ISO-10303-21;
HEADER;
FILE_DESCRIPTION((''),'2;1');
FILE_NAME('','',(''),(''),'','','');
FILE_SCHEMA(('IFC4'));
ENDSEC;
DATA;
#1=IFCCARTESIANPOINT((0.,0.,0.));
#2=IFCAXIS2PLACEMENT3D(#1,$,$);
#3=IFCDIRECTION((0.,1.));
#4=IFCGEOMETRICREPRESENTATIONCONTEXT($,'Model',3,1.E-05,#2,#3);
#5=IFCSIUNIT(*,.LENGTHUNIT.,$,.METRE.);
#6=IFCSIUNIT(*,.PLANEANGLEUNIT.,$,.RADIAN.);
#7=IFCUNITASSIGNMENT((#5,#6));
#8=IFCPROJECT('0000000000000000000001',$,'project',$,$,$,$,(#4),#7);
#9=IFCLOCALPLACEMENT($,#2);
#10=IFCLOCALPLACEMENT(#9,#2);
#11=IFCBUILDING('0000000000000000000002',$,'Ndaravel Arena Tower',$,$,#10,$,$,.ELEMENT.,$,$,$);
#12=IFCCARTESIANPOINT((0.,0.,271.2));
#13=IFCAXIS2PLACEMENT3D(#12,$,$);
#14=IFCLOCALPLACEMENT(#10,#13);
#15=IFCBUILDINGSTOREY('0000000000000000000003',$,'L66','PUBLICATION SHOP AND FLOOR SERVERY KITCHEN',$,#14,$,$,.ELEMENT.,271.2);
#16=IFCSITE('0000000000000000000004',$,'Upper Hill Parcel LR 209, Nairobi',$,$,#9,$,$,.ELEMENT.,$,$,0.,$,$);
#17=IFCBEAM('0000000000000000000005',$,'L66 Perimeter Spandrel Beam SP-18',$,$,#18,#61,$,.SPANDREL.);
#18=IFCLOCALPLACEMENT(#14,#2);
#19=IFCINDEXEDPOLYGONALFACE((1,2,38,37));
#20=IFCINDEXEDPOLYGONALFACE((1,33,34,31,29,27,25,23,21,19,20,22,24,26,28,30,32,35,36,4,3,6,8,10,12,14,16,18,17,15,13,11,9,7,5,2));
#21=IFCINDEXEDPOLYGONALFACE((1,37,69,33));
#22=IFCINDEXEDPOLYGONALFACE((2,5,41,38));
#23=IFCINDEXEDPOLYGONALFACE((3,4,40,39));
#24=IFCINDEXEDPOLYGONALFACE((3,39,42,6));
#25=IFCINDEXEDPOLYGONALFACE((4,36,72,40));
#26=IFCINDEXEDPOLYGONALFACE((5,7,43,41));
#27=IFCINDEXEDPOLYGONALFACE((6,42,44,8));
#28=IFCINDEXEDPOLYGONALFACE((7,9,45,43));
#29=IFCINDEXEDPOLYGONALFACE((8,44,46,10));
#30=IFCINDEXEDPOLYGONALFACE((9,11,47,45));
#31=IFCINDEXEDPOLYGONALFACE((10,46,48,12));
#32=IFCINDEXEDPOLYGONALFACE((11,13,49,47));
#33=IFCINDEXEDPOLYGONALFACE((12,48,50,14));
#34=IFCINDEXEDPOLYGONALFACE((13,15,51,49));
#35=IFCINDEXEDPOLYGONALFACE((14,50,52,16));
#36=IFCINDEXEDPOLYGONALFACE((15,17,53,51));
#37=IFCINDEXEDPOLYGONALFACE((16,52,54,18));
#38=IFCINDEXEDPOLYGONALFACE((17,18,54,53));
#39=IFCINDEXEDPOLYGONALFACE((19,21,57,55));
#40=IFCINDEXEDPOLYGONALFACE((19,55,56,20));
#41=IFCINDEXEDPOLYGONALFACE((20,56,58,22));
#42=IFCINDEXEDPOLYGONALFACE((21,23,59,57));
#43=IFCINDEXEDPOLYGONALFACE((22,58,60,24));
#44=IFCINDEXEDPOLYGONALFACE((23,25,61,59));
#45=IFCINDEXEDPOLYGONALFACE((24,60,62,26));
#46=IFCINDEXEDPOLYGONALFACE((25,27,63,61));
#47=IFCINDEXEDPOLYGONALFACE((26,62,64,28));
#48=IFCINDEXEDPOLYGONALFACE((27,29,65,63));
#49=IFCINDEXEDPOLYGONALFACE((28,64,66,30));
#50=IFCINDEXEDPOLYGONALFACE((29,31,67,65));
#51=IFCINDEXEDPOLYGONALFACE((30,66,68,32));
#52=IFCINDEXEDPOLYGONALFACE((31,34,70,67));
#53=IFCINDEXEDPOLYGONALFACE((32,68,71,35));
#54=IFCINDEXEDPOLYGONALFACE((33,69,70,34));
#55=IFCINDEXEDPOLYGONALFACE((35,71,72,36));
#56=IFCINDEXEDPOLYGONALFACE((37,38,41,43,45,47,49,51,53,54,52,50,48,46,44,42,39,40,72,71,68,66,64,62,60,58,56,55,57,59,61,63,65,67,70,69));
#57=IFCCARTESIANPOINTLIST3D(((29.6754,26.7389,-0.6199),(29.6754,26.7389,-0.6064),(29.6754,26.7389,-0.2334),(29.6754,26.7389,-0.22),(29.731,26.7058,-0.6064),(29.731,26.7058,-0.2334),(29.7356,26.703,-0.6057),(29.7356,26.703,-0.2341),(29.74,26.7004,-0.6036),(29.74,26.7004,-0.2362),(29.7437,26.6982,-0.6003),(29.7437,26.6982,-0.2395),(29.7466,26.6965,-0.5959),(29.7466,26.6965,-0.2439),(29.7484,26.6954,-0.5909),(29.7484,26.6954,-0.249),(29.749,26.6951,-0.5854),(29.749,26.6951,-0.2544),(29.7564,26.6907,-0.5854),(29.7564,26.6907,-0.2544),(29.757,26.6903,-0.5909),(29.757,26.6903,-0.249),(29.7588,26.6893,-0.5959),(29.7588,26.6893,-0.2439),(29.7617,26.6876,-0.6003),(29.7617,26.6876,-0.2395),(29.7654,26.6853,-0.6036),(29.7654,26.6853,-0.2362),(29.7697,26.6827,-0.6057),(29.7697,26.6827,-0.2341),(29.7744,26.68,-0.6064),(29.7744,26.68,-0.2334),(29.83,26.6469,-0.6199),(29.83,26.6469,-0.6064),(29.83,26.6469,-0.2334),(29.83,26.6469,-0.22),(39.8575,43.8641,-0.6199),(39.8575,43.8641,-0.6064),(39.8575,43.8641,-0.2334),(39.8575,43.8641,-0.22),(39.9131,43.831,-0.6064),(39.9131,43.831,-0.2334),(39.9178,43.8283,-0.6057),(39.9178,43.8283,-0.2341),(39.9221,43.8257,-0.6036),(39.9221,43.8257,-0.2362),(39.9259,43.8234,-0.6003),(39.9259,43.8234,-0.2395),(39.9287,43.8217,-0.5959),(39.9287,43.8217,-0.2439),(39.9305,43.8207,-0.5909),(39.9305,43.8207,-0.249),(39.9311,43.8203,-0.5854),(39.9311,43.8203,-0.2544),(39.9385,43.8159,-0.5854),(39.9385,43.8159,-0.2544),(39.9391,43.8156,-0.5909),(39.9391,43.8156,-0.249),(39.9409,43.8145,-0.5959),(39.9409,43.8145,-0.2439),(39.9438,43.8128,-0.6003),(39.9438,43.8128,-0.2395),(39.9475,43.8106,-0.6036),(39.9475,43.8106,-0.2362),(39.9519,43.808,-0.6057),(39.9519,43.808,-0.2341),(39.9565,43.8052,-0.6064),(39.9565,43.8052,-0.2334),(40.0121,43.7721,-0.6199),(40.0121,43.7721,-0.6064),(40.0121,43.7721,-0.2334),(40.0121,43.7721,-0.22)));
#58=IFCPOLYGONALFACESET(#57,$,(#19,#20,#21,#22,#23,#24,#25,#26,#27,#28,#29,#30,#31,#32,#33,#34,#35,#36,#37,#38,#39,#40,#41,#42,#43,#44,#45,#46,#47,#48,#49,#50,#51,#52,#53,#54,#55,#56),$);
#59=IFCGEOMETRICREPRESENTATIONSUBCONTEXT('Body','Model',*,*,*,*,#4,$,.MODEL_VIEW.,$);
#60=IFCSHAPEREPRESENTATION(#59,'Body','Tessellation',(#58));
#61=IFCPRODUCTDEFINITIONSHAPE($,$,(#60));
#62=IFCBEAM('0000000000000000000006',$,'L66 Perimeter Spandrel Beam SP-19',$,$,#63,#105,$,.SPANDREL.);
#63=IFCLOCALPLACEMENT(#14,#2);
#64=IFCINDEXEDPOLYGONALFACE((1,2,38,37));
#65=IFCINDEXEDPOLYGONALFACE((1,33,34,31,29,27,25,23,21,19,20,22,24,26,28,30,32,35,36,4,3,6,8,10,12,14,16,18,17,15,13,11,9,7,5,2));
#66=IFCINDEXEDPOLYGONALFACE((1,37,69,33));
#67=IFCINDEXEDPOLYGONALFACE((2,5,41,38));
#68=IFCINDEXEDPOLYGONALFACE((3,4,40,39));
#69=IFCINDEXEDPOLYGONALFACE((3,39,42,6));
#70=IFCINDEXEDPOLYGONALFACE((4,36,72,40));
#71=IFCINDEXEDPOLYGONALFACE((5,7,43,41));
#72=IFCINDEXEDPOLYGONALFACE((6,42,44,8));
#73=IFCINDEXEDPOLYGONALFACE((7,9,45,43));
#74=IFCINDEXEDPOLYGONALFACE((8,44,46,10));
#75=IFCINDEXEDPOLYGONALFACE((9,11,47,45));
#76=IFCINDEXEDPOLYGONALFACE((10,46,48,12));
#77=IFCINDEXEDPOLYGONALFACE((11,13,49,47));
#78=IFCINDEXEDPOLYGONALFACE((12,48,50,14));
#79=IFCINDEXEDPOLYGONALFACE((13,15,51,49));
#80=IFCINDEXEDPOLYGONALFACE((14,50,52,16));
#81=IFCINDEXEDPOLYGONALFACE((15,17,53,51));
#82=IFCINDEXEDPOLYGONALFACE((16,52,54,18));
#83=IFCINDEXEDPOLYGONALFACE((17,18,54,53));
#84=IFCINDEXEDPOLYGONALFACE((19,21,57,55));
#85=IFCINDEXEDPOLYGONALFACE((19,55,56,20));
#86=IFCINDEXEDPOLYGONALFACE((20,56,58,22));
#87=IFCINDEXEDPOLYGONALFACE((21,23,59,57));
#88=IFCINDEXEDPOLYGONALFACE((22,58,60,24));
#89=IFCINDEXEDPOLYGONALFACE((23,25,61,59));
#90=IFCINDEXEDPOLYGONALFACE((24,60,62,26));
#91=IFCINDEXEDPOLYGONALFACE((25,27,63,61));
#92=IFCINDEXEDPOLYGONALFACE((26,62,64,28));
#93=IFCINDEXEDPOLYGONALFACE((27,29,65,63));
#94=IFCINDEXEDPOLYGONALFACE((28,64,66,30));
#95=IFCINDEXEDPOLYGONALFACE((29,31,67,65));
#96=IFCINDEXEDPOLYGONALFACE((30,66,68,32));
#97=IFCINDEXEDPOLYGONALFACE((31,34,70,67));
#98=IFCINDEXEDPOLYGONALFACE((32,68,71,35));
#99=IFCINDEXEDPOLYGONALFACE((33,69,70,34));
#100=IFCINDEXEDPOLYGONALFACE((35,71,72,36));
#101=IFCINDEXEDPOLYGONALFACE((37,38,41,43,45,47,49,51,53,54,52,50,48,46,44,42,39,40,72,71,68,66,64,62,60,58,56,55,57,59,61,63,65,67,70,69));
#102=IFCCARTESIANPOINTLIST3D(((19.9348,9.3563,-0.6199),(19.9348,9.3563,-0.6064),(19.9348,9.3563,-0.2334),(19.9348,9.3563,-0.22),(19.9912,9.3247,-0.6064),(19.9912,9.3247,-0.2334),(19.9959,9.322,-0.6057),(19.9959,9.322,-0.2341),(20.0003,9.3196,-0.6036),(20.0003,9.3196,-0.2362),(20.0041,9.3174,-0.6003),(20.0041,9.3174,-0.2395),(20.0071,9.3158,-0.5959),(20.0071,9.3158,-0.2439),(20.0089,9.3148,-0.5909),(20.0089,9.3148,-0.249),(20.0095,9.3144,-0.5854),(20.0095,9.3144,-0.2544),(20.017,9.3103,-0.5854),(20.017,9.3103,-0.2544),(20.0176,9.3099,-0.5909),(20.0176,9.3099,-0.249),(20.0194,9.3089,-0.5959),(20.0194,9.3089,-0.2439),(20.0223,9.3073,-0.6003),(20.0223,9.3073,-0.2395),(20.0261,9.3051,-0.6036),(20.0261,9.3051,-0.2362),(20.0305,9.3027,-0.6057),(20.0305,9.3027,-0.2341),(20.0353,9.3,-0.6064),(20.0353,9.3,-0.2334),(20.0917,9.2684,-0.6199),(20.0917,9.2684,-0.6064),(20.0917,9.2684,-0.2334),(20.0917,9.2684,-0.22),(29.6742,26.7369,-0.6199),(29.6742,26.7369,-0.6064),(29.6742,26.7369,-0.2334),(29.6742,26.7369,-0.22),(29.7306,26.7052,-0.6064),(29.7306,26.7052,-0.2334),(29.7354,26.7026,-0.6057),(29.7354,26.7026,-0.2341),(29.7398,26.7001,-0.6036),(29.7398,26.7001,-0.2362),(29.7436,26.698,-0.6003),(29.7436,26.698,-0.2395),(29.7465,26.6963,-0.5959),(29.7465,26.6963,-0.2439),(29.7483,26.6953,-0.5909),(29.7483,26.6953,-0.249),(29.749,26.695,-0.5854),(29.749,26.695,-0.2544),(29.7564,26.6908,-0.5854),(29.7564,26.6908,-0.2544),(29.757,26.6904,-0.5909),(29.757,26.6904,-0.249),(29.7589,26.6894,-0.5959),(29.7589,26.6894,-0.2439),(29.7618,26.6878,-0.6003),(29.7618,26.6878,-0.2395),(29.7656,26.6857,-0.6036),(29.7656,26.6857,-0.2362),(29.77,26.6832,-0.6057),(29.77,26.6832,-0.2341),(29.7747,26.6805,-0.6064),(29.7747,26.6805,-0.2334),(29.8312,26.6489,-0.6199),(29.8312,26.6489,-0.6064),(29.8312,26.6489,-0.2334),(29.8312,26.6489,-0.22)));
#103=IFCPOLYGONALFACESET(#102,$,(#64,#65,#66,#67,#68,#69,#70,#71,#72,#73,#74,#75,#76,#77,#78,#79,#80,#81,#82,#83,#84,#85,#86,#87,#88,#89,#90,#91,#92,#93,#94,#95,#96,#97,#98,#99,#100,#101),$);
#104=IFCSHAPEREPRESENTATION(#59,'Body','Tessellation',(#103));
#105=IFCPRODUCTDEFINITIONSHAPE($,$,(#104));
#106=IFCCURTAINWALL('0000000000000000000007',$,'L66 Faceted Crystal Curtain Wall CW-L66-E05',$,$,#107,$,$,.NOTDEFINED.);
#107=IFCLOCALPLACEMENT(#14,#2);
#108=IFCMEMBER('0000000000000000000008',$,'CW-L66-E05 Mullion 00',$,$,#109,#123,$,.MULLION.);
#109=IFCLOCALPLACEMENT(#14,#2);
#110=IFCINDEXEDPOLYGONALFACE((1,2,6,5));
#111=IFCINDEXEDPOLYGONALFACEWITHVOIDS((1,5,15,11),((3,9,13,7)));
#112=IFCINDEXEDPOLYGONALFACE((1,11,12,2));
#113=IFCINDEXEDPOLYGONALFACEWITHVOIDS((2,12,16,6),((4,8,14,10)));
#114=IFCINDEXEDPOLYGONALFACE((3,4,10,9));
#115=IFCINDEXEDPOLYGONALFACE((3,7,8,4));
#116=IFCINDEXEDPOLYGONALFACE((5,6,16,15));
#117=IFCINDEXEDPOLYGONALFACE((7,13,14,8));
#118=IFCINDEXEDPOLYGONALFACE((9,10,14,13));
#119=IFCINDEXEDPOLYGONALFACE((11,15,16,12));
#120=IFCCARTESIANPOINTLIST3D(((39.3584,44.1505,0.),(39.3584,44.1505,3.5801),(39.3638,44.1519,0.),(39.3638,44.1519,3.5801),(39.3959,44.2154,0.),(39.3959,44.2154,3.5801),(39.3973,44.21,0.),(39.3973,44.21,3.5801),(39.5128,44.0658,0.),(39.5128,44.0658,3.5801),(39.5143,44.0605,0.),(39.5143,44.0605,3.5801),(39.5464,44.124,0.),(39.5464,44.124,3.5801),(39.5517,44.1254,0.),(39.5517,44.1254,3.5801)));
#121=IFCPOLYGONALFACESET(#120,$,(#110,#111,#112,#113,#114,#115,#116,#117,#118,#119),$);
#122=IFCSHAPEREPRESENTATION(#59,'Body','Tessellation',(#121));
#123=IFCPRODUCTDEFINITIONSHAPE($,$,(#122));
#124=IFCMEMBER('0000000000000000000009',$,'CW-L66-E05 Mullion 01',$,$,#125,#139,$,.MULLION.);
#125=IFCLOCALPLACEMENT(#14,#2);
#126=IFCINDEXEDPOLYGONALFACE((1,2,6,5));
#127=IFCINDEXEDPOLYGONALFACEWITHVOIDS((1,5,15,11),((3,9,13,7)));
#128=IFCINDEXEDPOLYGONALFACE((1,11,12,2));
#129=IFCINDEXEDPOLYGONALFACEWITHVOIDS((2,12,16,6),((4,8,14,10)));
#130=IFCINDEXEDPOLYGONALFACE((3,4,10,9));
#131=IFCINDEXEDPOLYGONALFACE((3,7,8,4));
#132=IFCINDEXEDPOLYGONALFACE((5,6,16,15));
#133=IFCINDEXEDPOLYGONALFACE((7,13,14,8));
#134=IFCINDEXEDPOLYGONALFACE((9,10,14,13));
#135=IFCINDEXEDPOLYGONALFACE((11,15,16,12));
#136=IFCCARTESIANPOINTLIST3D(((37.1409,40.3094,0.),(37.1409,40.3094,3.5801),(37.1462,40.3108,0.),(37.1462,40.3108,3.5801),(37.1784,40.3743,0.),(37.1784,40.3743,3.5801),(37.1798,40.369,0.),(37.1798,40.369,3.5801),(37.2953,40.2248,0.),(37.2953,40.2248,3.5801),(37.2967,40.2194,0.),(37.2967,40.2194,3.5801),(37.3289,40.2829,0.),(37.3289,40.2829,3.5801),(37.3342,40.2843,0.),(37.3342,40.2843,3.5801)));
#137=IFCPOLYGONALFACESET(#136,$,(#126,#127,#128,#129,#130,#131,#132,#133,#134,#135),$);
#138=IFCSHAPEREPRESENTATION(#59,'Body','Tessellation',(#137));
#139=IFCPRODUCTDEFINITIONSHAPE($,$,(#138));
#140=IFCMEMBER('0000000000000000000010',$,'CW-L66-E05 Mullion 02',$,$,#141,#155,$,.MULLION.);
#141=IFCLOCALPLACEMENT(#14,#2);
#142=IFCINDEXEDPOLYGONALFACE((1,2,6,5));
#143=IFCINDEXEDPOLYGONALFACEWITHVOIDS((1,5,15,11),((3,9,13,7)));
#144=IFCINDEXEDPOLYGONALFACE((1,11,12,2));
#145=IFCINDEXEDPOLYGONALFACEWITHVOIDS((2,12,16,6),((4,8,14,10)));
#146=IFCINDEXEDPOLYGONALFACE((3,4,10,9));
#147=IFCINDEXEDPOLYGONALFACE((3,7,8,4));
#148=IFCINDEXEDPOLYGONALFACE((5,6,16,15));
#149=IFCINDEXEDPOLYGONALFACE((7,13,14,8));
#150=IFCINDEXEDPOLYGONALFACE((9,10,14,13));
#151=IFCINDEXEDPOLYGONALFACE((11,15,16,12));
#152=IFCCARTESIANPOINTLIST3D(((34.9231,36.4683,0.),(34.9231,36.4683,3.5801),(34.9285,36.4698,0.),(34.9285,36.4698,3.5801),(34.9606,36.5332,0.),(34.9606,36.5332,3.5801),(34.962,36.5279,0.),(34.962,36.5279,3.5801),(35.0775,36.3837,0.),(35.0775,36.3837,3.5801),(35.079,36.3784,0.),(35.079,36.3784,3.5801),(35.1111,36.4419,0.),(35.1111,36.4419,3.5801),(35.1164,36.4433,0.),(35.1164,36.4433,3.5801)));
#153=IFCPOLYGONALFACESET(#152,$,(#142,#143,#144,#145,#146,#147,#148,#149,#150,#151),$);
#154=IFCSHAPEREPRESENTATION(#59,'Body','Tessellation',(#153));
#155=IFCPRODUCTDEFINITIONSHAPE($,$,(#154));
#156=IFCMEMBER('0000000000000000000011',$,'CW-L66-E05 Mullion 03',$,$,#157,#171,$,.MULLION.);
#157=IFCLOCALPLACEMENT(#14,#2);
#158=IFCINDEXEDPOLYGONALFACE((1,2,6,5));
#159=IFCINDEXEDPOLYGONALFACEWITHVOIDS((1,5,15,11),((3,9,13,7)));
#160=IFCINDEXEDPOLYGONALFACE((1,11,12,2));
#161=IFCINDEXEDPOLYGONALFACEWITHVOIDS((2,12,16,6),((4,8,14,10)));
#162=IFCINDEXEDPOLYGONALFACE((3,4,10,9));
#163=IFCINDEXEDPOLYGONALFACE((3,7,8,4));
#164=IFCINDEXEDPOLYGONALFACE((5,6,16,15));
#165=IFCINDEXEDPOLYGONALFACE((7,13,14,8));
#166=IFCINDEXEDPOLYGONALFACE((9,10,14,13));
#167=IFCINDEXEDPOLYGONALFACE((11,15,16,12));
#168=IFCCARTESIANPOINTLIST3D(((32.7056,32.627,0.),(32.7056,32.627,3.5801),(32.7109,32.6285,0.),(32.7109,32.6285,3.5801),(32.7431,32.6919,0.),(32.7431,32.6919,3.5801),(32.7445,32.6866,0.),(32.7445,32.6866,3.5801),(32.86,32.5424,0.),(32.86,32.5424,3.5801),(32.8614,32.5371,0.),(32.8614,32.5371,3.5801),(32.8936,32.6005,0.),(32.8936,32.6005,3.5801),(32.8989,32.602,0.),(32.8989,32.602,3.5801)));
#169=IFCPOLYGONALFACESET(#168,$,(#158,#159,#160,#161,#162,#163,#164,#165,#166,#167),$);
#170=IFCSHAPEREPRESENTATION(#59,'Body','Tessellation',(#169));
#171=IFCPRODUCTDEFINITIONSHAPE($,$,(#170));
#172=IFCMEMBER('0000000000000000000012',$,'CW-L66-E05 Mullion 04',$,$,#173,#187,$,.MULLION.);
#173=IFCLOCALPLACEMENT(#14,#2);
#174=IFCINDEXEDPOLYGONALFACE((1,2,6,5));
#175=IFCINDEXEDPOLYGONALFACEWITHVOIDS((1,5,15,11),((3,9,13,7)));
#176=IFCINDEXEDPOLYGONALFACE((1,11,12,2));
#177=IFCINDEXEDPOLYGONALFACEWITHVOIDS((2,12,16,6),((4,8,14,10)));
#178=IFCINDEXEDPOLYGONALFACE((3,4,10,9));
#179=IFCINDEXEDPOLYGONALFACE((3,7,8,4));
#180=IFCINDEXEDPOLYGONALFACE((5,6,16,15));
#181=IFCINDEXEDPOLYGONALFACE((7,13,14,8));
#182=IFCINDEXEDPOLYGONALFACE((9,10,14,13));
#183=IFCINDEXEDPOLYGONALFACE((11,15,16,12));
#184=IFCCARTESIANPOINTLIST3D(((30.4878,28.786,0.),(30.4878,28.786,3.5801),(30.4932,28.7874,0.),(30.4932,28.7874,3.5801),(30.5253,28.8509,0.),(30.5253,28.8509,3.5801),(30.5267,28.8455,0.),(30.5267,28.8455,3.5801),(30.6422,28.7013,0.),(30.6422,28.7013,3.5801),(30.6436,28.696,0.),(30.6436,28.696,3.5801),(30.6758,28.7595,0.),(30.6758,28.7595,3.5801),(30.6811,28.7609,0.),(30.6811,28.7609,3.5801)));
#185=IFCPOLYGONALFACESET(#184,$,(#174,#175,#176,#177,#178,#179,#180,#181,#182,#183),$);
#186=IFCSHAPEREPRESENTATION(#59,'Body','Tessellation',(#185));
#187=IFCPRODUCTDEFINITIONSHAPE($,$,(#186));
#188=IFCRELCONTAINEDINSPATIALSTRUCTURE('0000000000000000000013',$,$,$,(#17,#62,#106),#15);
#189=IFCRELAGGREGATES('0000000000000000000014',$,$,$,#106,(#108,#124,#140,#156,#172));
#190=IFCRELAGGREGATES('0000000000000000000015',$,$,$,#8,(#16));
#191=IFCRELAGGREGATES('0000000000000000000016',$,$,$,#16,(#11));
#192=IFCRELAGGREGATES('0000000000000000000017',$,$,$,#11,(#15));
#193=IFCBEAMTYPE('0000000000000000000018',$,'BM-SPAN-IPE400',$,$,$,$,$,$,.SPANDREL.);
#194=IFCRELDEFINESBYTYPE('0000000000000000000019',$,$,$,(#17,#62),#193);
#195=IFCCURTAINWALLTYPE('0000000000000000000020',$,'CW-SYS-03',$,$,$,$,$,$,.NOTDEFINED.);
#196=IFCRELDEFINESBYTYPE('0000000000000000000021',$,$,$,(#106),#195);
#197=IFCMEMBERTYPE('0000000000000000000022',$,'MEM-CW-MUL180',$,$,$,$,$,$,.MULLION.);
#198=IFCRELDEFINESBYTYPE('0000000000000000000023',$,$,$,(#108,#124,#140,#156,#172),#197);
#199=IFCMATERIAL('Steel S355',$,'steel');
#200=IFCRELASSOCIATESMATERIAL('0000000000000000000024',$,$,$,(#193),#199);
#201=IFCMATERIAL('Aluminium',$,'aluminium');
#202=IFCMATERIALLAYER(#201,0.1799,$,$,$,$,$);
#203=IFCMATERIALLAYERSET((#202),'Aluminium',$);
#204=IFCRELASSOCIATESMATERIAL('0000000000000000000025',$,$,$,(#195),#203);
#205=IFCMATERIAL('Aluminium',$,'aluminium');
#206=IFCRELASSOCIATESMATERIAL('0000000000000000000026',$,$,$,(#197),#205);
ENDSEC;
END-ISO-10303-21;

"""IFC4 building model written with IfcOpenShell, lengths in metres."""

from ifc_helpers import new_model, si_unit, direction, frame, origin, origin_2d, place, context, subcontext, project, spatial, hollow_rectangle, i_section, extrude, material, layer, layer_set, material_profile, profile_set, type_object, element, aggregate, save


model = new_model("IFC4")

# Units and contexts
model_context = context("Model", 3, precision=1e-05, world=origin(), true_north=direction((0.0, 1.0)))
body_context = subcontext(model_context, "Body", "Model", "MODEL_VIEW")
ifc_project = project(units=[si_unit("LENGTHUNIT", "METRE"), si_unit("PLANEANGLEUNIT", "RADIAN")], contexts=[model_context])

# Site, building, storey
site_placement = place(None, origin())
site = spatial("IfcSite", under=ifc_project, at=site_placement, Name="Upper Hill Parcel LR 209, Nairobi", CompositionType="ELEMENT", RefElevation=0.0)
building_placement = place(site_placement, origin())
building = spatial("IfcBuilding", under=site, at=building_placement, Name="Ndaravel Arena Tower", CompositionType="ELEMENT")
storey_placement = place(building_placement, frame((0.0, 0.0, 271.2)))
storey = spatial("IfcBuildingStorey", under=building, at=storey_placement, Name="L66", Description="PUBLICATION SHOP AND FLOOR SERVERY KITCHEN", CompositionType="ELEMENT", Elevation=271.2)

# Beams
ifc_material_1 = material(Name="Steel S355", Category="steel")
ifc_material_profile_1 = material_profile(ifc_material_1, i_section(OverallWidth=0.1799, OverallDepth=0.3999, WebThickness=0.0085, FlangeThickness=0.0134, FilletRadius=0.021, at=origin_2d()), Name="IPE 400")
ifc_profile_set_1 = profile_set([ifc_material_profile_1], Name="Steel S355")
beam_type_1 = type_object("IfcBeamType", Name="BM-SPAN-IPE400", PredefinedType="SPANDREL", material=ifc_profile_set_1)
beam_1_placement = place(storey_placement, frame((39.9348, 43.8181, -0.4199), z_axis=(-0.511059, -0.859546, 0.0), x_axis=(0.859546, -0.511059, 0.0)))
element("IfcBeam", 1, at=beam_1_placement, inside=storey, type_object=beam_type_1, Name="L66 Perimeter Spandrel Beam SP-18", PredefinedType="SPANDREL", context=body_context, shape_type="SweptSolid", body=[
    extrude(i_section(OverallWidth=0.1799, OverallDepth=0.3999, WebThickness=0.0085, FlangeThickness=0.0134, FilletRadius=0.021, at=origin_2d()), origin(), (0.0, 0.0, 1.0), 19.9236),
])
beam_2_placement = place(storey_placement, frame((29.7527, 26.6929, -0.4199), z_axis=(-0.488846, -0.87237, 0.0), x_axis=(0.87237, -0.488846, 0.0)))
element("IfcBeam", 2, at=beam_2_placement, inside=storey, type_object=beam_type_1, Name="L66 Perimeter Spandrel Beam SP-19", PredefinedType="SPANDREL", context=body_context, shape_type="SweptSolid", body=[
    extrude(i_section(OverallWidth=0.1799, OverallDepth=0.3999, WebThickness=0.0085, FlangeThickness=0.0134, FilletRadius=0.021, at=origin_2d()), origin(), (0.0, 0.0, 1.0), 19.9233),
])

# Curtain wall, members
ifc_material_2 = material(Name="Aluminium", Category="aluminium")
ifc_layer_1 = layer(ifc_material_2, 0.1799)
ifc_layer_set_1 = layer_set([ifc_layer_1], Name="Aluminium")
curtain_wall_type_1 = type_object("IfcCurtainWallType", Name="CW-SYS-03", PredefinedType="NOTDEFINED", material=ifc_layer_set_1)
curtain_wall_1_placement = place(storey_placement, origin())
curtain_wall_1 = element("IfcCurtainWall", 3, at=curtain_wall_1_placement, inside=storey, type_object=curtain_wall_type_1, Name="L66 Faceted Crystal Curtain Wall CW-L66-E05", PredefinedType="NOTDEFINED")
ifc_material_3 = material(Name="Aluminium", Category="aluminium")
ifc_material_profile_2 = material_profile(ifc_material_3, hollow_rectangle(XDim=0.075, YDim=0.1799, WallThickness=0.0039, at=origin_2d()), Name="CW MULLION 75x180x4")
ifc_profile_set_2 = profile_set([ifc_material_profile_2], Name="Aluminium")
member_type_1 = type_object("IfcMemberType", Name="MEM-CW-MUL180", PredefinedType="MULLION", material=ifc_profile_set_2)
member_1_placement = place(storey_placement, frame((39.4551, 44.1379, 0.0), z_axis=(0.0, 0.0, 1.0), x_axis=(-0.5, -0.866025, 0.0)))
member_1 = element("IfcMember", 4, at=member_1_placement, type_object=member_type_1, Name="CW-L66-E05 Mullion 00", PredefinedType="MULLION", context=body_context, shape_type="SweptSolid", body=[
    extrude(hollow_rectangle(XDim=0.075, YDim=0.1799, WallThickness=0.0039, at=origin_2d()), origin(), (0.0, 0.0, 1.0), 3.5801),
])
member_2_placement = place(storey_placement, frame((37.2375, 40.2969, 0.0), z_axis=(0.0, 0.0, 1.0), x_axis=(-0.5, -0.866025, 0.0)))
member_2 = element("IfcMember", 5, at=member_2_placement, type_object=member_type_1, Name="CW-L66-E05 Mullion 01", PredefinedType="MULLION", context=body_context, shape_type="SweptSolid", body=[
    extrude(hollow_rectangle(XDim=0.075, YDim=0.1799, WallThickness=0.0039, at=origin_2d()), origin(), (0.0, 0.0, 1.0), 3.5801),
])
member_3_placement = place(storey_placement, frame((35.0198, 36.4558, 0.0), z_axis=(0.0, 0.0, 1.0), x_axis=(-0.5, -0.866025, 0.0)))
member_3 = element("IfcMember", 6, at=member_3_placement, type_object=member_type_1, Name="CW-L66-E05 Mullion 02", PredefinedType="MULLION", context=body_context, shape_type="SweptSolid", body=[
    extrude(hollow_rectangle(XDim=0.075, YDim=0.1799, WallThickness=0.0039, at=origin_2d()), origin(), (0.0, 0.0, 1.0), 3.5801),
])
member_4_placement = place(storey_placement, frame((32.8022, 32.6145, 0.0), z_axis=(0.0, 0.0, 1.0), x_axis=(-0.5, -0.866025, 0.0)))
member_4 = element("IfcMember", 7, at=member_4_placement, type_object=member_type_1, Name="CW-L66-E05 Mullion 03", PredefinedType="MULLION", context=body_context, shape_type="SweptSolid", body=[
    extrude(hollow_rectangle(XDim=0.075, YDim=0.1799, WallThickness=0.0039, at=origin_2d()), origin(), (0.0, 0.0, 1.0), 3.5801),
])
member_5_placement = place(storey_placement, frame((30.5845, 28.7734, 0.0), z_axis=(0.0, 0.0, 1.0), x_axis=(-0.5, -0.866025, 0.0)))
member_5 = element("IfcMember", 8, at=member_5_placement, type_object=member_type_1, Name="CW-L66-E05 Mullion 04", PredefinedType="MULLION", context=body_context, shape_type="SweptSolid", body=[
    extrude(hollow_rectangle(XDim=0.075, YDim=0.1799, WallThickness=0.0039, at=origin_2d()), origin(), (0.0, 0.0, 1.0), 3.5801),
])

aggregate(curtain_wall_1, [member_1, member_2, member_3, member_4, member_5])

save(model, "model.ifc")
